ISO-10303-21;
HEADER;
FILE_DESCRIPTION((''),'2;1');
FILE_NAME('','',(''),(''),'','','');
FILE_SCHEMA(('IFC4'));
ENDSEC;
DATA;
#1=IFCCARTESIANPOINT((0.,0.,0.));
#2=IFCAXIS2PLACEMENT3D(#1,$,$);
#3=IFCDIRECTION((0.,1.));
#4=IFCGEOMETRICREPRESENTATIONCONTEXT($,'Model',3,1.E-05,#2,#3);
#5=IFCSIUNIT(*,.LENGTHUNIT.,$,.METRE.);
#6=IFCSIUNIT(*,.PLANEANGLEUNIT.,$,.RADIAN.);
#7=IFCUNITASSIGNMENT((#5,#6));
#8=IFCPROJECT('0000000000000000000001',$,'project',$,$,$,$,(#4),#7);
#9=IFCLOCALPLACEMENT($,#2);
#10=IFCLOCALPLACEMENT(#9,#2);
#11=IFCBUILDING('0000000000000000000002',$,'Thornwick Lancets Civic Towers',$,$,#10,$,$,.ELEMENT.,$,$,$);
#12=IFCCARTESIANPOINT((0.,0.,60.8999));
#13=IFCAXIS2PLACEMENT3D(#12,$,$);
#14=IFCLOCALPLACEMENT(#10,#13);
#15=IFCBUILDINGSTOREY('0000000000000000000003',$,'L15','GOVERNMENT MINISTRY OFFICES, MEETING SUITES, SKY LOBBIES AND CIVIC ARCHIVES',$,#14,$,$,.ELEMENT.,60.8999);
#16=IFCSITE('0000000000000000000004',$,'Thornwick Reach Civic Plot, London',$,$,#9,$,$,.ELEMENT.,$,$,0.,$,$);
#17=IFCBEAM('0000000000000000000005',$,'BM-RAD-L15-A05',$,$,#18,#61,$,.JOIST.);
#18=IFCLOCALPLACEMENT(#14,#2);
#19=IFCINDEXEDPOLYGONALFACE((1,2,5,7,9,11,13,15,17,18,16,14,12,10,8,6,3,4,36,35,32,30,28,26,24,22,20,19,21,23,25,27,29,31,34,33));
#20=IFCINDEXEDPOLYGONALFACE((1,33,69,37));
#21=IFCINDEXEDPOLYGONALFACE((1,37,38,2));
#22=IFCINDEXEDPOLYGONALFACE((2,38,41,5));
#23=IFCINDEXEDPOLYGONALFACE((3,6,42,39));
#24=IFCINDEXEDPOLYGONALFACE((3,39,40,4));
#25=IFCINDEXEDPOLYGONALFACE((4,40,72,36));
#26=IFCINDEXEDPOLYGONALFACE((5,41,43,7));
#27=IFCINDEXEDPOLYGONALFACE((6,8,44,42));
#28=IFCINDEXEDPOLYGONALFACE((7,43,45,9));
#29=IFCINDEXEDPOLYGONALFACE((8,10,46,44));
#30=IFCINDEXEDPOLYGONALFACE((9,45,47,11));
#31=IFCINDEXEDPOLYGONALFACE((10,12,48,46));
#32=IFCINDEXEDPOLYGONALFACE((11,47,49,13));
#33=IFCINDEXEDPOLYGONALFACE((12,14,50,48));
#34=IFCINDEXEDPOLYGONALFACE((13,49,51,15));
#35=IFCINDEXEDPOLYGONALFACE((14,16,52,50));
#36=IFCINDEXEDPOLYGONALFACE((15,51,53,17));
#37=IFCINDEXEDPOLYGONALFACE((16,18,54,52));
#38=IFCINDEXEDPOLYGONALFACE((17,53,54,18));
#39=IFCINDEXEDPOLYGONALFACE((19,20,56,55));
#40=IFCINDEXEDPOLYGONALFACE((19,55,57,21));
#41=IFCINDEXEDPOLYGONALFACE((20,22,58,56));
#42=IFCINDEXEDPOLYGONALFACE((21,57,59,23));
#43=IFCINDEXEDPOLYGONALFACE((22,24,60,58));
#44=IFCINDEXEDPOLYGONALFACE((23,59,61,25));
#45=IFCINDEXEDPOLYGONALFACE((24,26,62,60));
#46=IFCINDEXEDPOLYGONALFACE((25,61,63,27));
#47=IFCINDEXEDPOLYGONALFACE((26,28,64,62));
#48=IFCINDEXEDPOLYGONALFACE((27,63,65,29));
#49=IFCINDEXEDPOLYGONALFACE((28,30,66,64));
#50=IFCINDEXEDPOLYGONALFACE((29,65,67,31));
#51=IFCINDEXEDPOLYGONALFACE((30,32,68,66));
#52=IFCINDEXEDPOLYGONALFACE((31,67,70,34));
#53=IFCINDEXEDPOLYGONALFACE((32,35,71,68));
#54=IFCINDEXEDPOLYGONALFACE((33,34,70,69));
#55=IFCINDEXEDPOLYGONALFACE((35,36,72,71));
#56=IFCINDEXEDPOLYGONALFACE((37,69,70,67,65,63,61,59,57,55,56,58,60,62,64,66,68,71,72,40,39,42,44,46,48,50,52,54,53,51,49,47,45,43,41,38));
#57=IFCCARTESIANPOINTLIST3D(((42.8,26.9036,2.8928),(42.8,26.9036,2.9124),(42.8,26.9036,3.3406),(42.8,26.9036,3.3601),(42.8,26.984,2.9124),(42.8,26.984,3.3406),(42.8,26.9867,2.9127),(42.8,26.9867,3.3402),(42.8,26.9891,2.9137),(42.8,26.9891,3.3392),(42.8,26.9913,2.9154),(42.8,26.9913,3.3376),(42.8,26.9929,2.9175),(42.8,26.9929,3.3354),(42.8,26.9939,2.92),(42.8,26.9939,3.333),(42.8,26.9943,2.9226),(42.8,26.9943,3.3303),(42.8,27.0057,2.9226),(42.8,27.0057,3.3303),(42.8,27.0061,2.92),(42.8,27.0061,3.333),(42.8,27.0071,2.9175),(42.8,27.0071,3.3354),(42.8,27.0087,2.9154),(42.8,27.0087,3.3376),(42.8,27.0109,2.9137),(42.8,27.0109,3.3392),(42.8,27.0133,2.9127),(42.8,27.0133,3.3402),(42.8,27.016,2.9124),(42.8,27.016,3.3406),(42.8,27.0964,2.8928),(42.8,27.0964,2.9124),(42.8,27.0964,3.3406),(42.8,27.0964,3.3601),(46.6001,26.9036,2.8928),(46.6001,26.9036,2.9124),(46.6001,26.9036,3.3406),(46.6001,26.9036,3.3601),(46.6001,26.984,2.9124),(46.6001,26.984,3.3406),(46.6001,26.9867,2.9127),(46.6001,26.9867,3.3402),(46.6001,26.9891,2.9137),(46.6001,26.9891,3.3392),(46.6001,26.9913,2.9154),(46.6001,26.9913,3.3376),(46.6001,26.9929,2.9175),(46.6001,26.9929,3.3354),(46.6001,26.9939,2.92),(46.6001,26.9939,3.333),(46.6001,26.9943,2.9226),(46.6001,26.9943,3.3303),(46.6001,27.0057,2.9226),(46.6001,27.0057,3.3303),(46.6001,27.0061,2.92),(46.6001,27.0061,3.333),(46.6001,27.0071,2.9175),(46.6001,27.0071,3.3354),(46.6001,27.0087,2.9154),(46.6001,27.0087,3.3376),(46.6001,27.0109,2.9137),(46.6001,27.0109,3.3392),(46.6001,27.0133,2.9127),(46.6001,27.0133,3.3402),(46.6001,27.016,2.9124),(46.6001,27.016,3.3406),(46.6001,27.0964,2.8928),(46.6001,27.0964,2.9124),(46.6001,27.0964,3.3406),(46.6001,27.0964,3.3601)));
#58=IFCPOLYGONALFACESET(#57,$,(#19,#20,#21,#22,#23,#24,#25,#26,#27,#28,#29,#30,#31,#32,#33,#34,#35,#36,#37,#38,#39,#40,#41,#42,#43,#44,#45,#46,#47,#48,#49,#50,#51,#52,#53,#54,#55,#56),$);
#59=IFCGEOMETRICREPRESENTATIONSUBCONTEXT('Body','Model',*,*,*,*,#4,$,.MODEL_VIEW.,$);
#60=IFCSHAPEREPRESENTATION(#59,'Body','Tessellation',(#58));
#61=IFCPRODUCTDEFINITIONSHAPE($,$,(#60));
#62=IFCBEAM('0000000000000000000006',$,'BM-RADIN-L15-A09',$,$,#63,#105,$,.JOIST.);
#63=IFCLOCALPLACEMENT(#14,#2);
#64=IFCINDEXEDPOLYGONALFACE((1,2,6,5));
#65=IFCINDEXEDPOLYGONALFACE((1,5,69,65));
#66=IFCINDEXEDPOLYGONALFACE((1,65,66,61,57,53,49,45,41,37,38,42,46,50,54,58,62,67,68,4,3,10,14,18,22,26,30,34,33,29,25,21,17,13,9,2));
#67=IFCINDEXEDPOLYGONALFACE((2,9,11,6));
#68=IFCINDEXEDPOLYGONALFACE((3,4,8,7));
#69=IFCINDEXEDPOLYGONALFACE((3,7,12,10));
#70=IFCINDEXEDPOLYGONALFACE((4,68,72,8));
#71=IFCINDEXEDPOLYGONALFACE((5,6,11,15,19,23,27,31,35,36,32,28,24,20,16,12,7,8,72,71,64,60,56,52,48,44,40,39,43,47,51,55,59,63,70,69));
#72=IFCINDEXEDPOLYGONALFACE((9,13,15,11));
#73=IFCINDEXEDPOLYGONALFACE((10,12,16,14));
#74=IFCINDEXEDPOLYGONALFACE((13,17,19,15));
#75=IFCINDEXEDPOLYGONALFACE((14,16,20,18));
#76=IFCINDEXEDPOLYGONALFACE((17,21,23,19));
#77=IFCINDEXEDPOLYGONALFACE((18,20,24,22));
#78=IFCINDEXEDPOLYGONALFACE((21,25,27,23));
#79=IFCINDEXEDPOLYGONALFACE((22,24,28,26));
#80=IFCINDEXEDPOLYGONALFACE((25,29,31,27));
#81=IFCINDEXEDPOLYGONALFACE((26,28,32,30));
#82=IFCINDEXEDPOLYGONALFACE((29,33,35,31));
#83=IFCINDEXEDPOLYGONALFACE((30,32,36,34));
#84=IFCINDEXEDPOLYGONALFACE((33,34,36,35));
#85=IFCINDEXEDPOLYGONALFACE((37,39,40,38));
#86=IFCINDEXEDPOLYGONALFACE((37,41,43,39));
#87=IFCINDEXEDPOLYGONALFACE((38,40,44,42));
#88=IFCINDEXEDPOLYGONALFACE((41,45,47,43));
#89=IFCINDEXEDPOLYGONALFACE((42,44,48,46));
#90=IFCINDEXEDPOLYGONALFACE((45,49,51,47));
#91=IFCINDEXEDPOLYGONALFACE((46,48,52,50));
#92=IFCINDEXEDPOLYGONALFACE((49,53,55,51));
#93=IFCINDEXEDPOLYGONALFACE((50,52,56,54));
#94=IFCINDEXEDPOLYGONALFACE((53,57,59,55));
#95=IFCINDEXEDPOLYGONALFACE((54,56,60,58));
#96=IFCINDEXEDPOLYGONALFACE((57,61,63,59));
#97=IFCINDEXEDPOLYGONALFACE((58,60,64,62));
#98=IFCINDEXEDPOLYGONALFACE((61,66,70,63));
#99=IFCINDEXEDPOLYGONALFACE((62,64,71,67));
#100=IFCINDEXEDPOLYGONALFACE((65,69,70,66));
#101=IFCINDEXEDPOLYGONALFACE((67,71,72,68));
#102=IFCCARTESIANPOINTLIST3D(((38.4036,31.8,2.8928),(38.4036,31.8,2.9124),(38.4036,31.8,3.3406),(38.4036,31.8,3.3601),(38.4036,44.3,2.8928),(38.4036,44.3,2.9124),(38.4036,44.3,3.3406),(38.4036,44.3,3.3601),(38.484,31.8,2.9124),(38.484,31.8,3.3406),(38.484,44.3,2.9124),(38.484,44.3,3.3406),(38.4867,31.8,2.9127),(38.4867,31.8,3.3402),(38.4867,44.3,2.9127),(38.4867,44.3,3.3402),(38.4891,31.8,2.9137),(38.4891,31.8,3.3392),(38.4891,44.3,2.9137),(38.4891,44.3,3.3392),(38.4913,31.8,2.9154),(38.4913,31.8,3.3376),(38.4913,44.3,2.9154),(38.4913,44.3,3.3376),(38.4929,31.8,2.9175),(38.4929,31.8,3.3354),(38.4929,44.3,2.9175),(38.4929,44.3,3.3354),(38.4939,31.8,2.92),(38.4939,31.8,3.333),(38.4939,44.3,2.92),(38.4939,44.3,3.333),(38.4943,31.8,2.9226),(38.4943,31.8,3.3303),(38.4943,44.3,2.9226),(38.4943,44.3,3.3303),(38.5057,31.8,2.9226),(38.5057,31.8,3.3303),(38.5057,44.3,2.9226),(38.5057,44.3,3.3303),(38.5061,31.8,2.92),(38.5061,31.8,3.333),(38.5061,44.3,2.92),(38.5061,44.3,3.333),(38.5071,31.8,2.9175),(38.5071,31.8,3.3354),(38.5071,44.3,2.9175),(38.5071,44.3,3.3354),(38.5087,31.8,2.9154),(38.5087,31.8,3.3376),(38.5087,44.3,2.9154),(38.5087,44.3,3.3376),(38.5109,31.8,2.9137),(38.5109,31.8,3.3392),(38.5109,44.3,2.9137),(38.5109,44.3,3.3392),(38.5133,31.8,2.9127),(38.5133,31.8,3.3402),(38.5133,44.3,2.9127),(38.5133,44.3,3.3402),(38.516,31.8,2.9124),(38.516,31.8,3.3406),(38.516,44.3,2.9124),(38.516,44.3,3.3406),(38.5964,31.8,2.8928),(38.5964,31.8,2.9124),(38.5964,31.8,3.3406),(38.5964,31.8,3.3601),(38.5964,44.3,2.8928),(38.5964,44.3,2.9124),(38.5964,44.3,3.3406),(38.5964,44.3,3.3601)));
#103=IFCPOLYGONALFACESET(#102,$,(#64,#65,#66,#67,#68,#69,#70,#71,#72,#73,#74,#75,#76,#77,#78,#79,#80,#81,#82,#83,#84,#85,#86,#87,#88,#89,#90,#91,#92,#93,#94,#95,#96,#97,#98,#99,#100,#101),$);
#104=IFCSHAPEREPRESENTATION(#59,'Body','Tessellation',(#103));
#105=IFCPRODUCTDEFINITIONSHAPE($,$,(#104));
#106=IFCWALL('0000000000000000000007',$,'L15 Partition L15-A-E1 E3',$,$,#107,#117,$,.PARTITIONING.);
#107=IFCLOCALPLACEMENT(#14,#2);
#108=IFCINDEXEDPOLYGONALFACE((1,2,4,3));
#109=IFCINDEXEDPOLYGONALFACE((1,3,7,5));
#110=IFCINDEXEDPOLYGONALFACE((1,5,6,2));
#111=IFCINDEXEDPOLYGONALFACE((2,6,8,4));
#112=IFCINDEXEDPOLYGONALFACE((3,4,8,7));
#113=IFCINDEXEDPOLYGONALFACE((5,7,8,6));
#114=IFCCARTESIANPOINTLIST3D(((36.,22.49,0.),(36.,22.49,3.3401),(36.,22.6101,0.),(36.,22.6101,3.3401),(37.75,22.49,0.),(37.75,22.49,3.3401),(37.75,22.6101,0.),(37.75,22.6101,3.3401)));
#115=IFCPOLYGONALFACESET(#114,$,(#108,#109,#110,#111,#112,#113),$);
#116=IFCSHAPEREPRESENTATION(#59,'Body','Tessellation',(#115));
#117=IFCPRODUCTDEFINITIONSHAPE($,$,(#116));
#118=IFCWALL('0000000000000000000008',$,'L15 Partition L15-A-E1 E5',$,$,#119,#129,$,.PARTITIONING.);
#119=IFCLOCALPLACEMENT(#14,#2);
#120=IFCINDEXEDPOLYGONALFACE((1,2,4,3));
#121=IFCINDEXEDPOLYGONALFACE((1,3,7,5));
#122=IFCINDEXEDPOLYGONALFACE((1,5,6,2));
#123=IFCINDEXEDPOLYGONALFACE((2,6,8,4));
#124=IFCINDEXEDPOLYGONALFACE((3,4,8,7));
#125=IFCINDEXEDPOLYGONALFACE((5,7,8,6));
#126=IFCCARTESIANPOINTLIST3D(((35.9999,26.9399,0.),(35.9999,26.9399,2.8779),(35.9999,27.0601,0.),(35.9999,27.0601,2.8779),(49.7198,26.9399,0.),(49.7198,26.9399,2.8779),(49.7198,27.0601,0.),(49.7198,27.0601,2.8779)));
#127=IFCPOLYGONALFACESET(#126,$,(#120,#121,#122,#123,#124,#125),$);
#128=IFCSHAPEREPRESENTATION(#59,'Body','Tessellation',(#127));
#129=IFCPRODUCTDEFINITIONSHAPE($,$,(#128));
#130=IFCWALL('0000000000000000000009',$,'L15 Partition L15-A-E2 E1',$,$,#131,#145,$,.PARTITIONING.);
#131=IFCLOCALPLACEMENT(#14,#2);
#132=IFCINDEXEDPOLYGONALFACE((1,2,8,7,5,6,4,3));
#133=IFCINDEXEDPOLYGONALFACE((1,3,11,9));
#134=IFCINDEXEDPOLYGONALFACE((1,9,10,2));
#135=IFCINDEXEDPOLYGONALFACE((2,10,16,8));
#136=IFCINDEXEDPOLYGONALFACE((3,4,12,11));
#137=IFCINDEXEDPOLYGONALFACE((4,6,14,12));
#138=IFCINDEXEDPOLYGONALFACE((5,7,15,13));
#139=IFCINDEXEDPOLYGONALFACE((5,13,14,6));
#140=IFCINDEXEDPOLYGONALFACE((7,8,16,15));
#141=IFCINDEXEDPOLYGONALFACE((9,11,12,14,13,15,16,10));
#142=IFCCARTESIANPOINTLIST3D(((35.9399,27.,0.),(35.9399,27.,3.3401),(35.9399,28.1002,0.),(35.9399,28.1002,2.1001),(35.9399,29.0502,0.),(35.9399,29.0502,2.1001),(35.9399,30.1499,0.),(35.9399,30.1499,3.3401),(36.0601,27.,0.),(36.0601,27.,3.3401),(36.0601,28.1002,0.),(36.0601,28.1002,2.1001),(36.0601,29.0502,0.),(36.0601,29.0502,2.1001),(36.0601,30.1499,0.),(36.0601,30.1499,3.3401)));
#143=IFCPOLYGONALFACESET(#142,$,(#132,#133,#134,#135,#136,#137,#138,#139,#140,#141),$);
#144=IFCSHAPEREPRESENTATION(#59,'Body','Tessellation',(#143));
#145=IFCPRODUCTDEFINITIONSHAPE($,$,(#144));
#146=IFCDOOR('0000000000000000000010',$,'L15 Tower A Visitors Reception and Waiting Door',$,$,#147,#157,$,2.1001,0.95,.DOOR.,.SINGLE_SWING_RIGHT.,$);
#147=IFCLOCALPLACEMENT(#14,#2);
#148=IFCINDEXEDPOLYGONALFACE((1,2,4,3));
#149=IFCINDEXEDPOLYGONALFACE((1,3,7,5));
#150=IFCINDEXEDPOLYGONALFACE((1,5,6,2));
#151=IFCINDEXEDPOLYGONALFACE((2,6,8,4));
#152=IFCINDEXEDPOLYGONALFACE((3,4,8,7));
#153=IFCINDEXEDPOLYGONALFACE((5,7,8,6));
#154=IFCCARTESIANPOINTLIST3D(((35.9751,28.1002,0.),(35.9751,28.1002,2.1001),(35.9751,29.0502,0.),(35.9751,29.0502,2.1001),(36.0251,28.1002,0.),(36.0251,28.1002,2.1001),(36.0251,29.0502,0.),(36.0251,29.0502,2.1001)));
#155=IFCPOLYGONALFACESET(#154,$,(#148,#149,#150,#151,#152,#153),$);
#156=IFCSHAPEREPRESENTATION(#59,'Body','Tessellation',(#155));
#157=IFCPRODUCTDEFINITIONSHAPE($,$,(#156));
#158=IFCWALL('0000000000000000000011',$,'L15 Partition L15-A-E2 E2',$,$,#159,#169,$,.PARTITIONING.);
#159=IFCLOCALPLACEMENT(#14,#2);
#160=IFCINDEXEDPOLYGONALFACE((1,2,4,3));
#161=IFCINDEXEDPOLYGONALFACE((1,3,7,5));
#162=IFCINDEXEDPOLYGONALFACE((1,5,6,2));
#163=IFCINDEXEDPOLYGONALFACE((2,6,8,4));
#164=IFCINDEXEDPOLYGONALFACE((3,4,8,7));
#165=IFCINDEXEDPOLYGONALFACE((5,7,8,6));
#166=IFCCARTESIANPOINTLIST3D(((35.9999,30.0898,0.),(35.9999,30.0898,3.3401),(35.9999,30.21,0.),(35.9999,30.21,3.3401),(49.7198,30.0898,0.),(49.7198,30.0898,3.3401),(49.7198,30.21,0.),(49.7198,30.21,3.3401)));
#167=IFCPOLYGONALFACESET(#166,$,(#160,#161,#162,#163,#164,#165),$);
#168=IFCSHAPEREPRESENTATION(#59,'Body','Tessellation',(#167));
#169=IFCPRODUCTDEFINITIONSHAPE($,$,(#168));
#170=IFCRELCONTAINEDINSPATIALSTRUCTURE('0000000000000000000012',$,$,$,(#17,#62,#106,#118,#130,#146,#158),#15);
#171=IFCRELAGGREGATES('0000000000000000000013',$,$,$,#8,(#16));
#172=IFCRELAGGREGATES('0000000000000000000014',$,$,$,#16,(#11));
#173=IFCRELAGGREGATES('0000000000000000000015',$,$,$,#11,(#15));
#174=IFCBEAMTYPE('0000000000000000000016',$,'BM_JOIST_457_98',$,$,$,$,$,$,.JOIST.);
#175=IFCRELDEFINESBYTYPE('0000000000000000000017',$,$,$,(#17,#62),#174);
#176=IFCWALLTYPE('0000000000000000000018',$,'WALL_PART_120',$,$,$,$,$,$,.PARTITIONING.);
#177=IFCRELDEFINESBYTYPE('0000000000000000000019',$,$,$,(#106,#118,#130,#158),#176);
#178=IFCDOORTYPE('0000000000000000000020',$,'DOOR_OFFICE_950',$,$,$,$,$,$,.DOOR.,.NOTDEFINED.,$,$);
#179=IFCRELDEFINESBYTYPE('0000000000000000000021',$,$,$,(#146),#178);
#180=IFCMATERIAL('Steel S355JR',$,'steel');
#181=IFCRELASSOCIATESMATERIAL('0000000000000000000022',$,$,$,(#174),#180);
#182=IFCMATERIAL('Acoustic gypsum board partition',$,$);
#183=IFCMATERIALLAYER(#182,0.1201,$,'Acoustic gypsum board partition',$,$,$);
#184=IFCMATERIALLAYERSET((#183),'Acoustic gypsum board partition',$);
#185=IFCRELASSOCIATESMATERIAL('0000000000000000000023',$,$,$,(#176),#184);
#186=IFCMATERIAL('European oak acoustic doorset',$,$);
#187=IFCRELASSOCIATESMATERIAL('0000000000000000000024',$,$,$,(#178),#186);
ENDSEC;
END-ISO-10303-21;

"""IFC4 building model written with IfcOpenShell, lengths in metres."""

from ifc_helpers import new_model, si_unit, direction, frame, frame_2d, origin, origin_2d, place, context, subcontext, project, spatial, rectangle, i_section, extrude, material, layer, layer_set, material_profile, profile_set, type_object, element, fill, save


model = new_model("IFC4")

# Units and contexts
model_context = context("Model", 3, precision=1e-05, world=origin(), true_north=direction((0.0, 1.0)))
body_context = subcontext(model_context, "Body", "Model", "MODEL_VIEW")
ifc_project = project(units=[si_unit("LENGTHUNIT", "METRE"), si_unit("PLANEANGLEUNIT", "RADIAN")], contexts=[model_context])

# Site, building, storey
site_placement = place(None, origin())
site = spatial("IfcSite", under=ifc_project, at=site_placement, Name="Thornwick Reach Civic Plot, London", CompositionType="ELEMENT", RefElevation=0.0)
building_placement = place(site_placement, origin())
building = spatial("IfcBuilding", under=site, at=building_placement, Name="Thornwick Lancets Civic Towers", CompositionType="ELEMENT")
storey_placement = place(building_placement, frame((0.0, 0.0, 60.8999)))
storey = spatial("IfcBuildingStorey", under=building, at=storey_placement, Name="L15", Description="GOVERNMENT MINISTRY OFFICES, MEETING SUITES, SKY LOBBIES AND CIVIC ARCHIVES", CompositionType="ELEMENT", Elevation=60.8999)

# Beams
ifc_material_1 = material(Name="Steel S355JR", Category="steel")
ifc_material_profile_1 = material_profile(ifc_material_1, i_section(OverallWidth=0.1929, OverallDepth=0.4673, WebThickness=0.0115, FlangeThickness=0.0195, FilletRadius=0.0103, at=origin_2d()), Name="UKB 457x191x98")
ifc_profile_set_1 = profile_set([ifc_material_profile_1], Name="Steel S355JR")
beam_type_1 = type_object("IfcBeamType", Name="BM_JOIST_457_98", PredefinedType="JOIST", material=ifc_profile_set_1)
beam_1_placement = place(storey_placement, frame((42.8, 27.0, 3.1265), z_axis=(1.0, 0.0, 0.0), x_axis=(0.0, 1.0, 0.0)))
element("IfcBeam", 1, at=beam_1_placement, inside=storey, type_object=beam_type_1, Name="BM-RAD-L15-A05", PredefinedType="JOIST", context=body_context, shape_type="SweptSolid", body=[
    extrude(i_section(OverallWidth=0.1929, OverallDepth=0.4673, WebThickness=0.0115, FlangeThickness=0.0195, FilletRadius=0.0103, at=origin_2d()), origin(), (0.0, 0.0, 1.0), 3.8),
])
beam_2_placement = place(storey_placement, frame((38.5, 31.8, 3.1265), z_axis=(0.0, 1.0, 0.0), x_axis=(-1.0, 0.0, 0.0)))
element("IfcBeam", 2, at=beam_2_placement, inside=storey, type_object=beam_type_1, Name="BM-RADIN-L15-A09", PredefinedType="JOIST", context=body_context, shape_type="SweptSolid", body=[
    extrude(i_section(OverallWidth=0.1929, OverallDepth=0.4673, WebThickness=0.0115, FlangeThickness=0.0195, FilletRadius=0.0103, at=origin_2d()), origin(), (0.0, 0.0, 1.0), 12.5),
])

# Walls
ifc_material_2 = material(Name="Acoustic gypsum board partition")
ifc_layer_1 = layer(ifc_material_2, 0.1201, Name="Acoustic gypsum board partition")
ifc_layer_set_1 = layer_set([ifc_layer_1], Name="Acoustic gypsum board partition")
wall_type_1 = type_object("IfcWallType", Name="WALL_PART_120", PredefinedType="PARTITIONING", material=ifc_layer_set_1)
wall_1_placement = place(storey_placement, frame((37.75, 22.55, 0.0), z_axis=(0.0, 0.0, 1.0), x_axis=(-1.0, 0.0, 0.0)))
element("IfcWall", 3, at=wall_1_placement, inside=storey, type_object=wall_type_1, Name="L15 Partition L15-A-E1 E3", PredefinedType="PARTITIONING", context=body_context, shape_type="SweptSolid", body=[
    extrude(rectangle(XDim=1.75, YDim=0.1201, at=frame_2d((0.875, 0.0))), origin(), (0.0, 0.0, 1.0), 3.3401),
])
wall_2_placement = place(storey_placement, frame((36.0, 27.0, 0.0), z_axis=(0.0, 0.0, 1.0), x_axis=(1.0, 0.0, 0.0)))
element("IfcWall", 4, at=wall_2_placement, inside=storey, type_object=wall_type_1, Name="L15 Partition L15-A-E1 E5", PredefinedType="PARTITIONING", context=body_context, shape_type="SweptSolid", body=[
    extrude(rectangle(XDim=13.72, YDim=0.1201, at=frame_2d((6.8599, 0.0))), origin(), (0.0, 0.0, 1.0), 2.8779),
])

# Wall, opening, door
wall_3_placement = place(storey_placement, frame((36.0, 27.0, 0.0), z_axis=(0.0, 0.0, 1.0), x_axis=(0.0, 1.0, 0.0)))
wall_3 = element("IfcWall", 5, at=wall_3_placement, inside=storey, type_object=wall_type_1, Name="L15 Partition L15-A-E2 E1", PredefinedType="PARTITIONING", context=body_context, shape_type="SweptSolid", body=[
    extrude(rectangle(XDim=3.1499, YDim=0.1201, at=frame_2d((1.575, 0.0))), origin(), (0.0, 0.0, 1.0), 3.3401),
])
opening_1_placement = place(wall_3_placement, frame((1.1001, 0.0, 0.0)))
opening_1 = element("IfcOpeningElement", 6, at=opening_1_placement, cuts=wall_3, PredefinedType="OPENING", context=body_context, shape_type="SweptSolid", body=[
    extrude(rectangle(XDim=0.95, YDim=2.1001, at=frame_2d((0.4751, 1.05))), frame((0.0, 0.0701, 0.0), z_axis=(0.0, -1.0, 0.0), x_axis=(1.0, 0.0, 0.0)), (0.0, 0.0, 1.0), 0.1401),
])
ifc_material_3 = material(Name="European oak acoustic doorset")
door_type_1 = type_object("IfcDoorType", Name="DOOR_OFFICE_950", OperationType="NOTDEFINED", PredefinedType="DOOR", material=ifc_material_3)
door_1_placement = place(opening_1_placement, origin())
door_1 = element("IfcDoor", 7, at=door_1_placement, inside=storey, type_object=door_type_1, Name="L15 Tower A Visitors Reception and Waiting Door", OperationType="SINGLE_SWING_RIGHT", OverallHeight=2.1001, OverallWidth=0.95, PredefinedType="DOOR", context=body_context, shape_type="SweptSolid", body=[
    extrude(rectangle(XDim=0.95, YDim=2.1001, at=frame_2d((0.4751, 1.05))), frame((0.0, 0.0249, 0.0), z_axis=(0.0, -1.0, 0.0), x_axis=(1.0, 0.0, 0.0)), (0.0, 0.0, 1.0), 0.05),
])
fill(opening_1, door_1)

# Wall
wall_4_placement = place(storey_placement, frame((36.0, 30.1499, 0.0), z_axis=(0.0, 0.0, 1.0), x_axis=(1.0, 0.0, 0.0)))
element("IfcWall", 8, at=wall_4_placement, inside=storey, type_object=wall_type_1, Name="L15 Partition L15-A-E2 E2", PredefinedType="PARTITIONING", context=body_context, shape_type="SweptSolid", body=[
    extrude(rectangle(XDim=13.72, YDim=0.1201, at=frame_2d((6.8599, 0.0))), origin(), (0.0, 0.0, 1.0), 3.3401),
])

save(model, "model.ifc")
